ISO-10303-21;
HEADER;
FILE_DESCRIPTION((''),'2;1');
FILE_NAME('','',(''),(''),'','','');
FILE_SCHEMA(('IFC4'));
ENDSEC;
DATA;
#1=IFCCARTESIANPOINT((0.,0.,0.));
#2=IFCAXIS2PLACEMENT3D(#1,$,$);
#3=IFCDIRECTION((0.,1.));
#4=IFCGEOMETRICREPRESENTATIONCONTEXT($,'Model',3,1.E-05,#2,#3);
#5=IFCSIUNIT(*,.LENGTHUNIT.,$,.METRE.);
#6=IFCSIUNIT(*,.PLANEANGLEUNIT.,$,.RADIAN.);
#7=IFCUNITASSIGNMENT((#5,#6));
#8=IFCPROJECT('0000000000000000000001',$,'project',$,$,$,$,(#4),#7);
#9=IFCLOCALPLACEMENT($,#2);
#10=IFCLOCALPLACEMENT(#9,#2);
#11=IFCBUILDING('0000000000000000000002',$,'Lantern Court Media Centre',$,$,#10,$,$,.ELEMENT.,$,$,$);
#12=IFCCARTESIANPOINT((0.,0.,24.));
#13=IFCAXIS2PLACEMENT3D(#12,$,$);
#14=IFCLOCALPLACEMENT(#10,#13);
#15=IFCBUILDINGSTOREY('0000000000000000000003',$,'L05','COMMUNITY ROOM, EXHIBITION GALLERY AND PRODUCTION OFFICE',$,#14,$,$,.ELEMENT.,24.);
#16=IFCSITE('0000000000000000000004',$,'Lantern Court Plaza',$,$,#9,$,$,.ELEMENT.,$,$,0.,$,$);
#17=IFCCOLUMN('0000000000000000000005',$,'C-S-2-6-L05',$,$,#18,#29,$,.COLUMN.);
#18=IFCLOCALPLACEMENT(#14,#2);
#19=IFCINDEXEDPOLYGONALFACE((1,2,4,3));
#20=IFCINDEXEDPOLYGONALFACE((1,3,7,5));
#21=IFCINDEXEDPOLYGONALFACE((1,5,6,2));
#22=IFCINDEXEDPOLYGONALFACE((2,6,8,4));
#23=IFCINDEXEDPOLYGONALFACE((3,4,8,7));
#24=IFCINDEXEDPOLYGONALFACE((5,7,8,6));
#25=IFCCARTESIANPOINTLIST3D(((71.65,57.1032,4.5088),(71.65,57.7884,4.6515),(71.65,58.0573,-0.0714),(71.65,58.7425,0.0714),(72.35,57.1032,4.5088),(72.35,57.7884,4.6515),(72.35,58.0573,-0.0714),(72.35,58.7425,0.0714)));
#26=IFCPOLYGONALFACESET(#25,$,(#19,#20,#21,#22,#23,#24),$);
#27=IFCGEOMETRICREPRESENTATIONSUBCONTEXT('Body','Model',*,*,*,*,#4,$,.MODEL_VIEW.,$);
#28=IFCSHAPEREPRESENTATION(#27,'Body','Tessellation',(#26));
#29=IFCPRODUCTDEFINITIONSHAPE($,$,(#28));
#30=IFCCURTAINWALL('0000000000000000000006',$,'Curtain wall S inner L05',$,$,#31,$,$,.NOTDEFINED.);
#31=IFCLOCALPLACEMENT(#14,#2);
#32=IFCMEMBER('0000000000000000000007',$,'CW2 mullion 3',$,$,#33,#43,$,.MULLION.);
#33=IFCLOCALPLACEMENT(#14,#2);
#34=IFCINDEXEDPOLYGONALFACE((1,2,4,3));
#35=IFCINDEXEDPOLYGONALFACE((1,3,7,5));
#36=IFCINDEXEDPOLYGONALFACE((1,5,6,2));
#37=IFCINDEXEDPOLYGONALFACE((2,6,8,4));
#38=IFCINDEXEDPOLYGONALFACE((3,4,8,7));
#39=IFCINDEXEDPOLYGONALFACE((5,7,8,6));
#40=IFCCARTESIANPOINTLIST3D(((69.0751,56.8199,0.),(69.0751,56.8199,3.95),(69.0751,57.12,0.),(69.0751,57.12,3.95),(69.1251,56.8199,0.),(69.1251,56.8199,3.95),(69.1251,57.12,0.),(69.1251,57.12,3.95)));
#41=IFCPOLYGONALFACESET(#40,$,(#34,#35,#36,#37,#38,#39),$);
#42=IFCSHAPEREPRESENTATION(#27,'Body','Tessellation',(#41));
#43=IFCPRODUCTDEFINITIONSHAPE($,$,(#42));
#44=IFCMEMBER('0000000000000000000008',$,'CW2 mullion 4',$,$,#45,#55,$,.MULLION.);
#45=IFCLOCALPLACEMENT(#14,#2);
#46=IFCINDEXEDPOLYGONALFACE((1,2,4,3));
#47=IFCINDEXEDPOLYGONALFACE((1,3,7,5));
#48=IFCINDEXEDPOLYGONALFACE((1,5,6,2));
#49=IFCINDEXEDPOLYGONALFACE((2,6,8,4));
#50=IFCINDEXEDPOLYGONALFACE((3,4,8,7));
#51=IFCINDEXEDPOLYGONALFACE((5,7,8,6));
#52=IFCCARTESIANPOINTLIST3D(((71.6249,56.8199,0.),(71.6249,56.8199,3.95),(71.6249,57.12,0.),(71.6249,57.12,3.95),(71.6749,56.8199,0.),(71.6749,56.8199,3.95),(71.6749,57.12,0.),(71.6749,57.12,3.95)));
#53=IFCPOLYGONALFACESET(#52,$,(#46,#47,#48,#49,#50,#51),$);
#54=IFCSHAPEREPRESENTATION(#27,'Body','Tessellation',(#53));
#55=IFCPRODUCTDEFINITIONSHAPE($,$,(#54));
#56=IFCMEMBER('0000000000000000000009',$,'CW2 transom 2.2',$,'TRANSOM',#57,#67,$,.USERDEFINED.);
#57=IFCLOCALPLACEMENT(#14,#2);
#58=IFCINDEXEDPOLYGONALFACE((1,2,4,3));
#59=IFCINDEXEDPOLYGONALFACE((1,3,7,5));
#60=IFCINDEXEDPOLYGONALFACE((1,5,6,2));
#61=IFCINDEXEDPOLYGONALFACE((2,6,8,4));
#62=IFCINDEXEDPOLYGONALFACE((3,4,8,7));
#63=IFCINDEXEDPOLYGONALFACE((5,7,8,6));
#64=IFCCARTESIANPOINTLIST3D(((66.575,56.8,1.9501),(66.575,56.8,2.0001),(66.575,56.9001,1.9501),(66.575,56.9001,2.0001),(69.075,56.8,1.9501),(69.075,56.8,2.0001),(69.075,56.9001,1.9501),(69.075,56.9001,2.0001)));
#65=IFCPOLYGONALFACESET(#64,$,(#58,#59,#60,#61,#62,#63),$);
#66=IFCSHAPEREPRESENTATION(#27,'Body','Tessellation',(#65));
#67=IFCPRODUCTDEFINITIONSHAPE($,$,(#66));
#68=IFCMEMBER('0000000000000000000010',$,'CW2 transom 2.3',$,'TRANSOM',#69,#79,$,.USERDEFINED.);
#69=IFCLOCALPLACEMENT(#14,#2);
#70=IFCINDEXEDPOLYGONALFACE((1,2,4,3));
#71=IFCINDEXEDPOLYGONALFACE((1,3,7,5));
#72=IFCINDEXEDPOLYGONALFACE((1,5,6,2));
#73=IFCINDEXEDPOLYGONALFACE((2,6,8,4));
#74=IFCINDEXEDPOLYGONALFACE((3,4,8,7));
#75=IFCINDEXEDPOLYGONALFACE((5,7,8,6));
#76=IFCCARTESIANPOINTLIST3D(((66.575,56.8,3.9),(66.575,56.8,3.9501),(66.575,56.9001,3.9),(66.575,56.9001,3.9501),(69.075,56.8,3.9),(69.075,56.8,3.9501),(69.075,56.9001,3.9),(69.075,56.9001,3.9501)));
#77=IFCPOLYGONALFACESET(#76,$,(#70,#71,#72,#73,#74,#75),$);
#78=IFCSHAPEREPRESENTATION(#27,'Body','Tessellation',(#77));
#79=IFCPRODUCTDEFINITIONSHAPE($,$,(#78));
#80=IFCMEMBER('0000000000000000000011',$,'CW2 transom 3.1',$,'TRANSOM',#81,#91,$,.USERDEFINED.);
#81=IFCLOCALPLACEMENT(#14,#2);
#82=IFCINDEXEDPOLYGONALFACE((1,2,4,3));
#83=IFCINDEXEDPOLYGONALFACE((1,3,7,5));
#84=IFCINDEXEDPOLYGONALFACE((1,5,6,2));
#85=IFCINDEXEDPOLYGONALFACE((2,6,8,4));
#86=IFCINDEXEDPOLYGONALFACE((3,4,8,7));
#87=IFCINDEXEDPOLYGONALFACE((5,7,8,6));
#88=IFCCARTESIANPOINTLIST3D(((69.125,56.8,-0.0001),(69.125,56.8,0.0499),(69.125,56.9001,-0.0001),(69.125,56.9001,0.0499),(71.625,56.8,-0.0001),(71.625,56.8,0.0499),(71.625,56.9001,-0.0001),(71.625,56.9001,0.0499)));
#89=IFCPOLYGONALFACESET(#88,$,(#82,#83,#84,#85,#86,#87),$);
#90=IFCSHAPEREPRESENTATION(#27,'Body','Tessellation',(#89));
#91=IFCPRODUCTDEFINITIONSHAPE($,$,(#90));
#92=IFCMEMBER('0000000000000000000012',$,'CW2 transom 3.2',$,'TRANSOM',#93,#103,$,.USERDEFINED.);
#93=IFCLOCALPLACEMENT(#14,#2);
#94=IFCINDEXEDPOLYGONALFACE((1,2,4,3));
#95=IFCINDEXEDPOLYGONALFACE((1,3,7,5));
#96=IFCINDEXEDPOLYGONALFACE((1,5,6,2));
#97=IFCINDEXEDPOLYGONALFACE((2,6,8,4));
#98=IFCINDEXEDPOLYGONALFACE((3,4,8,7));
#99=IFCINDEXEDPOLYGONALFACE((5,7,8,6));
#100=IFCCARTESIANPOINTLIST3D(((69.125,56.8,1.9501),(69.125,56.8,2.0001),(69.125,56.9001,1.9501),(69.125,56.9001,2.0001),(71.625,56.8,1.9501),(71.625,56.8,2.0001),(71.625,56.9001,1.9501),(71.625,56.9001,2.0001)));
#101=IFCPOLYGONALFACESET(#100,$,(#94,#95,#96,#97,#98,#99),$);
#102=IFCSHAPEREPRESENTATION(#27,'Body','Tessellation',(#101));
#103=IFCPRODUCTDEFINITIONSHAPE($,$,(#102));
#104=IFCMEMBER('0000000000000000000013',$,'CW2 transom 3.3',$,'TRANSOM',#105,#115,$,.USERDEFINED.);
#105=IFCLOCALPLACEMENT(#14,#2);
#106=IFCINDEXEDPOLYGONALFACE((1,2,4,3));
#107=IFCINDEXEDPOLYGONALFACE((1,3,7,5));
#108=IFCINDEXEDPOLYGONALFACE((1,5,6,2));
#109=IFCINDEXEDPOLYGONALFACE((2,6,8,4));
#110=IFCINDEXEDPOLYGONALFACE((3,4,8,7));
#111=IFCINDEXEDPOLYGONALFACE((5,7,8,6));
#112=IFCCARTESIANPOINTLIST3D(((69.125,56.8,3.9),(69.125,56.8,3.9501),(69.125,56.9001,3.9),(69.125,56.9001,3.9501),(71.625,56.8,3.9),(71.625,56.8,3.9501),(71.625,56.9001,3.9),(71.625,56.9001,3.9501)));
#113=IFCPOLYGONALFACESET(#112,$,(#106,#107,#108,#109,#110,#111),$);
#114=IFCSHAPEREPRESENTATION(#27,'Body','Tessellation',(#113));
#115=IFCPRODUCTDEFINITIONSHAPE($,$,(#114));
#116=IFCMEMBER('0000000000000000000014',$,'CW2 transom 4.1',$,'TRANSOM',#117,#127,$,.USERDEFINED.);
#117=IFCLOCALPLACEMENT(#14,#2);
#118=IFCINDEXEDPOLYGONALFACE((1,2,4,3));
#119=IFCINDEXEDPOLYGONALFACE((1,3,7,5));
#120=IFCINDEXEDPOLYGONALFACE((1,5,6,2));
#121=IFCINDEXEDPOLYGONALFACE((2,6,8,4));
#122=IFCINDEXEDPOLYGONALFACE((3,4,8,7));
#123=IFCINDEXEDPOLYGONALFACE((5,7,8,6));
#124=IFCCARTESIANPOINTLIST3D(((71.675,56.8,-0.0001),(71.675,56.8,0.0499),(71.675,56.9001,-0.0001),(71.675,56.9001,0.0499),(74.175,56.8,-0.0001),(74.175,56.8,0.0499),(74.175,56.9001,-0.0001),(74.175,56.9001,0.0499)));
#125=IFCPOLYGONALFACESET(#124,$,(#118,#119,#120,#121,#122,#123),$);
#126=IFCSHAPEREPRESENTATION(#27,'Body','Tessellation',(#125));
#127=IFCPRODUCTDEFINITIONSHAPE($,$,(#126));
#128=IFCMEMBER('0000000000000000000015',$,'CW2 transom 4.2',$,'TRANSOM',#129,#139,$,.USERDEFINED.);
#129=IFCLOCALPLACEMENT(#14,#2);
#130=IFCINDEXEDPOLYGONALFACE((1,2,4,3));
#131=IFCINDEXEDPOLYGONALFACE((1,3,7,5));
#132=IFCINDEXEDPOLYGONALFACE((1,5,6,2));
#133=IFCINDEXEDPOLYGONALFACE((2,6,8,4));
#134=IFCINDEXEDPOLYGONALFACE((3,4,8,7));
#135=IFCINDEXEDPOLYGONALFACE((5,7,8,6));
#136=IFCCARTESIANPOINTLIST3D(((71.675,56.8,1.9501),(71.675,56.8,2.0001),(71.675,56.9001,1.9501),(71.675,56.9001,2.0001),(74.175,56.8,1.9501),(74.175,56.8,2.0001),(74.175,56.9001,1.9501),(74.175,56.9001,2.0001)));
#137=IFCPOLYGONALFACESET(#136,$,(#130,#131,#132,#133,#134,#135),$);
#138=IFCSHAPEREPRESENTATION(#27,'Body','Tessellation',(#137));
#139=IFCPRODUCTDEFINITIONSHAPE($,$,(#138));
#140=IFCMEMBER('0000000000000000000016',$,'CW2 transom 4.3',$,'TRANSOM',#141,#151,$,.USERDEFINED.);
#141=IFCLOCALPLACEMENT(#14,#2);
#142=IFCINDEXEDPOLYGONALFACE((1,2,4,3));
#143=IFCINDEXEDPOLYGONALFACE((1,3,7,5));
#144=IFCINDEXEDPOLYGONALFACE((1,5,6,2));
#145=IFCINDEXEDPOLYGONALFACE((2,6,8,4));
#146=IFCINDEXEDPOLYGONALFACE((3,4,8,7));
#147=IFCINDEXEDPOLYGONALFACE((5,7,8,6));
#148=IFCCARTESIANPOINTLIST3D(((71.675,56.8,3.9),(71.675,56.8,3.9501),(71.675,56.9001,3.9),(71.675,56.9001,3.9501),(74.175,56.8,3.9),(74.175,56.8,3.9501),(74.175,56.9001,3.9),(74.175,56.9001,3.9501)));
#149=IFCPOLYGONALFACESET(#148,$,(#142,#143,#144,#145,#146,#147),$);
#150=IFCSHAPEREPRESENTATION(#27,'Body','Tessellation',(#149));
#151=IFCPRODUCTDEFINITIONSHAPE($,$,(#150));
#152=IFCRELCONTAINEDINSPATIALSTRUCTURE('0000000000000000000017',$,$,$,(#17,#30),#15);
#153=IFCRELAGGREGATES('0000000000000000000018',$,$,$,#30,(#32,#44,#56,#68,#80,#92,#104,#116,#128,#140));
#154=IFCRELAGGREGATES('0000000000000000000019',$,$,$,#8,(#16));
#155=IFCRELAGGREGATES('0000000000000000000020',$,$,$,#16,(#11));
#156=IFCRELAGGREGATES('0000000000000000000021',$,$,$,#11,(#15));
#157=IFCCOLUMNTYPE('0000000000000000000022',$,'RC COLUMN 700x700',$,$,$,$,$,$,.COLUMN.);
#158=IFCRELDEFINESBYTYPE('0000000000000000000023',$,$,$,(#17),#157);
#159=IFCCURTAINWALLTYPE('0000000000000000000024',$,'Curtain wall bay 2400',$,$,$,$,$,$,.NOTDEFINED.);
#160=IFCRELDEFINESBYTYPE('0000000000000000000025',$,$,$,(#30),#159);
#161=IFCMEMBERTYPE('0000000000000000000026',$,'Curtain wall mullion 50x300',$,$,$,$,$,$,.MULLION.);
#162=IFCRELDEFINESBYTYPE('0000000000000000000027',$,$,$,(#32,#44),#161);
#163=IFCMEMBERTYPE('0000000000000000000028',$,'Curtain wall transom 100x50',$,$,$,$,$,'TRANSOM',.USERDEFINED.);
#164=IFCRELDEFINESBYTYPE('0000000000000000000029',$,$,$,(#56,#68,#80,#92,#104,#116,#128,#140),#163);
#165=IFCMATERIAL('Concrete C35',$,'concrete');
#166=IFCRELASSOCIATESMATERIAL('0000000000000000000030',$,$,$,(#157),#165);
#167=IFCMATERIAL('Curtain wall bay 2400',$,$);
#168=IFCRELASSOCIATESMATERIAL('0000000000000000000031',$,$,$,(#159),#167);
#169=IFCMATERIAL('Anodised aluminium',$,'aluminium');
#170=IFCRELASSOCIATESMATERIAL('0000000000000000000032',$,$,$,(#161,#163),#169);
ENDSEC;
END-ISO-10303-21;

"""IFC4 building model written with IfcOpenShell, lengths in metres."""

from ifc_helpers import new_model, si_unit, direction, frame, origin, origin_2d, place, context, subcontext, project, spatial, rectangle, extrude, material, material_profile, profile_set, type_object, element, aggregate, save


model = new_model("IFC4")

# Units and contexts
model_context = context("Model", 3, precision=1e-05, world=origin(), true_north=direction((0.0, 1.0)))
body_context = subcontext(model_context, "Body", "Model", "MODEL_VIEW")
ifc_project = project(units=[si_unit("LENGTHUNIT", "METRE"), si_unit("PLANEANGLEUNIT", "RADIAN")], contexts=[model_context])

# Site, building, storey
site_placement = place(None, origin())
site = spatial("IfcSite", under=ifc_project, at=site_placement, Name="Lantern Court Plaza", CompositionType="ELEMENT", RefElevation=0.0)
building_placement = place(site_placement, origin())
building = spatial("IfcBuilding", under=site, at=building_placement, Name="Lantern Court Media Centre", CompositionType="ELEMENT")
storey_placement = place(building_placement, frame((0.0, 0.0, 24.0)))
storey = spatial("IfcBuildingStorey", under=building, at=storey_placement, Name="L05", Description="COMMUNITY ROOM, EXHIBITION GALLERY AND PRODUCTION OFFICE", CompositionType="ELEMENT", Elevation=24.0)

# Column
ifc_material_1 = material(Name="Concrete C35", Category="concrete")
ifc_material_profile_1 = material_profile(ifc_material_1, rectangle(XDim=0.7, YDim=0.7, at=origin_2d()), Name="RC 700x700")
ifc_profile_set_1 = profile_set([ifc_material_profile_1], Name="Concrete C35")
column_type = type_object("IfcColumnType", Name="RC COLUMN 700x700", PredefinedType="COLUMN", material=ifc_profile_set_1)
column_placement = place(storey_placement, frame((72.0, 58.3999, 0.0), z_axis=(0.0, -0.203938, 0.978984), x_axis=(1.0, 0.0, 0.0)))
element("IfcColumn", 1, at=column_placement, inside=storey, type_object=column_type, Name="C-S-2-6-L05", PredefinedType="COLUMN", context=body_context, shape_type="SweptSolid", body=[
    extrude(rectangle(XDim=0.7, YDim=0.7, at=origin_2d()), origin(), (0.0, 0.0, 1.0), 4.6785),
])

# Curtain wall, members
ifc_material_2 = material(Name="Curtain wall bay 2400")
curtain_wall_type = type_object("IfcCurtainWallType", Name="Curtain wall bay 2400", PredefinedType="NOTDEFINED", material=ifc_material_2)
curtain_wall_placement = place(storey_placement, origin())
curtain_wall = element("IfcCurtainWall", 2, at=curtain_wall_placement, inside=storey, type_object=curtain_wall_type, Name="Curtain wall S inner L05", PredefinedType="NOTDEFINED")
ifc_material_3 = material(Name="Anodised aluminium", Category="aluminium")
ifc_material_profile_2 = material_profile(ifc_material_3, rectangle(XDim=0.3, YDim=0.05, at=origin_2d()), Name="AL 50x300")
ifc_profile_set_2 = profile_set([ifc_material_profile_2], Name="Anodised aluminium")
member_type_1 = type_object("IfcMemberType", Name="Curtain wall mullion 50x300", PredefinedType="MULLION", material=ifc_profile_set_2)
member_1_placement = place(storey_placement, frame((69.1001, 56.97, 0.0), z_axis=(0.0, 0.0, 1.0), x_axis=(0.0, 1.0, 0.0)))
member_1 = element("IfcMember", 3, at=member_1_placement, type_object=member_type_1, Name="CW2 mullion 3", PredefinedType="MULLION", context=body_context, shape_type="SweptSolid", body=[
    extrude(rectangle(XDim=0.3, YDim=0.05, at=origin_2d()), origin(), (0.0, 0.0, 1.0), 3.95),
])
member_2_placement = place(storey_placement, frame((71.6499, 56.97, 0.0), z_axis=(0.0, 0.0, 1.0), x_axis=(0.0, 1.0, 0.0)))
member_2 = element("IfcMember", 4, at=member_2_placement, type_object=member_type_1, Name="CW2 mullion 4", PredefinedType="MULLION", context=body_context, shape_type="SweptSolid", body=[
    extrude(rectangle(XDim=0.3, YDim=0.05, at=origin_2d()), origin(), (0.0, 0.0, 1.0), 3.95),
])
ifc_material_profile_3 = material_profile(ifc_material_3, rectangle(XDim=0.1001, YDim=0.05, at=origin_2d()), Name="AL 50x100")
ifc_profile_set_3 = profile_set([ifc_material_profile_3], Name="Anodised aluminium")
member_type_2 = type_object("IfcMemberType", Name="Curtain wall transom 100x50", ElementType="TRANSOM", PredefinedType="USERDEFINED", material=ifc_profile_set_3)
member_3_placement = place(storey_placement, frame((66.575, 56.8501, 1.9751), z_axis=(1.0, 0.0, 0.0), x_axis=(0.0, 1.0, 0.0)))
member_3 = element("IfcMember", 5, at=member_3_placement, type_object=member_type_2, Name="CW2 transom 2.2", ObjectType="TRANSOM", PredefinedType="USERDEFINED", context=body_context, shape_type="SweptSolid", body=[
    extrude(rectangle(XDim=0.1001, YDim=0.05, at=origin_2d()), origin(), (0.0, 0.0, 1.0), 2.5),
])
member_4_placement = place(storey_placement, frame((66.575, 56.8501, 3.925), z_axis=(1.0, 0.0, 0.0), x_axis=(0.0, 1.0, 0.0)))
member_4 = element("IfcMember", 6, at=member_4_placement, type_object=member_type_2, Name="CW2 transom 2.3", ObjectType="TRANSOM", PredefinedType="USERDEFINED", context=body_context, shape_type="SweptSolid", body=[
    extrude(rectangle(XDim=0.1001, YDim=0.05, at=origin_2d()), origin(), (0.0, 0.0, 1.0), 2.5),
])
member_5_placement = place(storey_placement, frame((69.125, 56.8501, 0.0249), z_axis=(1.0, 0.0, 0.0), x_axis=(0.0, 1.0, 0.0)))
member_5 = element("IfcMember", 7, at=member_5_placement, type_object=member_type_2, Name="CW2 transom 3.1", ObjectType="TRANSOM", PredefinedType="USERDEFINED", context=body_context, shape_type="SweptSolid", body=[
    extrude(rectangle(XDim=0.1001, YDim=0.05, at=origin_2d()), origin(), (0.0, 0.0, 1.0), 2.5),
])
member_6_placement = place(storey_placement, frame((69.125, 56.8501, 1.9751), z_axis=(1.0, 0.0, 0.0), x_axis=(0.0, 1.0, 0.0)))
member_6 = element("IfcMember", 8, at=member_6_placement, type_object=member_type_2, Name="CW2 transom 3.2", ObjectType="TRANSOM", PredefinedType="USERDEFINED", context=body_context, shape_type="SweptSolid", body=[
    extrude(rectangle(XDim=0.1001, YDim=0.05, at=origin_2d()), origin(), (0.0, 0.0, 1.0), 2.5),
])
member_7_placement = place(storey_placement, frame((69.125, 56.8501, 3.925), z_axis=(1.0, 0.0, 0.0), x_axis=(0.0, 1.0, 0.0)))
member_7 = element("IfcMember", 9, at=member_7_placement, type_object=member_type_2, Name="CW2 transom 3.3", ObjectType="TRANSOM", PredefinedType="USERDEFINED", context=body_context, shape_type="SweptSolid", body=[
    extrude(rectangle(XDim=0.1001, YDim=0.05, at=origin_2d()), origin(), (0.0, 0.0, 1.0), 2.5),
])
member_8_placement = place(storey_placement, frame((71.675, 56.8501, 0.0249), z_axis=(1.0, 0.0, 0.0), x_axis=(0.0, 1.0, 0.0)))
member_8 = element("IfcMember", 10, at=member_8_placement, type_object=member_type_2, Name="CW2 transom 4.1", ObjectType="TRANSOM", PredefinedType="USERDEFINED", context=body_context, shape_type="SweptSolid", body=[
    extrude(rectangle(XDim=0.1001, YDim=0.05, at=origin_2d()), origin(), (0.0, 0.0, 1.0), 2.5),
])
member_9_placement = place(storey_placement, frame((71.675, 56.8501, 1.9751), z_axis=(1.0, 0.0, 0.0), x_axis=(0.0, 1.0, 0.0)))
member_9 = element("IfcMember", 11, at=member_9_placement, type_object=member_type_2, Name="CW2 transom 4.2", ObjectType="TRANSOM", PredefinedType="USERDEFINED", context=body_context, shape_type="SweptSolid", body=[
    extrude(rectangle(XDim=0.1001, YDim=0.05, at=origin_2d()), origin(), (0.0, 0.0, 1.0), 2.5),
])
member_10_placement = place(storey_placement, frame((71.675, 56.8501, 3.925), z_axis=(1.0, 0.0, 0.0), x_axis=(0.0, 1.0, 0.0)))
member_10 = element("IfcMember", 12, at=member_10_placement, type_object=member_type_2, Name="CW2 transom 4.3", ObjectType="TRANSOM", PredefinedType="USERDEFINED", context=body_context, shape_type="SweptSolid", body=[
    extrude(rectangle(XDim=0.1001, YDim=0.05, at=origin_2d()), origin(), (0.0, 0.0, 1.0), 2.5),
])

aggregate(curtain_wall, [member_1, member_2, member_3, member_4, member_5, member_6, member_7, member_8, member_9, member_10])

save(model, "model.ifc")
